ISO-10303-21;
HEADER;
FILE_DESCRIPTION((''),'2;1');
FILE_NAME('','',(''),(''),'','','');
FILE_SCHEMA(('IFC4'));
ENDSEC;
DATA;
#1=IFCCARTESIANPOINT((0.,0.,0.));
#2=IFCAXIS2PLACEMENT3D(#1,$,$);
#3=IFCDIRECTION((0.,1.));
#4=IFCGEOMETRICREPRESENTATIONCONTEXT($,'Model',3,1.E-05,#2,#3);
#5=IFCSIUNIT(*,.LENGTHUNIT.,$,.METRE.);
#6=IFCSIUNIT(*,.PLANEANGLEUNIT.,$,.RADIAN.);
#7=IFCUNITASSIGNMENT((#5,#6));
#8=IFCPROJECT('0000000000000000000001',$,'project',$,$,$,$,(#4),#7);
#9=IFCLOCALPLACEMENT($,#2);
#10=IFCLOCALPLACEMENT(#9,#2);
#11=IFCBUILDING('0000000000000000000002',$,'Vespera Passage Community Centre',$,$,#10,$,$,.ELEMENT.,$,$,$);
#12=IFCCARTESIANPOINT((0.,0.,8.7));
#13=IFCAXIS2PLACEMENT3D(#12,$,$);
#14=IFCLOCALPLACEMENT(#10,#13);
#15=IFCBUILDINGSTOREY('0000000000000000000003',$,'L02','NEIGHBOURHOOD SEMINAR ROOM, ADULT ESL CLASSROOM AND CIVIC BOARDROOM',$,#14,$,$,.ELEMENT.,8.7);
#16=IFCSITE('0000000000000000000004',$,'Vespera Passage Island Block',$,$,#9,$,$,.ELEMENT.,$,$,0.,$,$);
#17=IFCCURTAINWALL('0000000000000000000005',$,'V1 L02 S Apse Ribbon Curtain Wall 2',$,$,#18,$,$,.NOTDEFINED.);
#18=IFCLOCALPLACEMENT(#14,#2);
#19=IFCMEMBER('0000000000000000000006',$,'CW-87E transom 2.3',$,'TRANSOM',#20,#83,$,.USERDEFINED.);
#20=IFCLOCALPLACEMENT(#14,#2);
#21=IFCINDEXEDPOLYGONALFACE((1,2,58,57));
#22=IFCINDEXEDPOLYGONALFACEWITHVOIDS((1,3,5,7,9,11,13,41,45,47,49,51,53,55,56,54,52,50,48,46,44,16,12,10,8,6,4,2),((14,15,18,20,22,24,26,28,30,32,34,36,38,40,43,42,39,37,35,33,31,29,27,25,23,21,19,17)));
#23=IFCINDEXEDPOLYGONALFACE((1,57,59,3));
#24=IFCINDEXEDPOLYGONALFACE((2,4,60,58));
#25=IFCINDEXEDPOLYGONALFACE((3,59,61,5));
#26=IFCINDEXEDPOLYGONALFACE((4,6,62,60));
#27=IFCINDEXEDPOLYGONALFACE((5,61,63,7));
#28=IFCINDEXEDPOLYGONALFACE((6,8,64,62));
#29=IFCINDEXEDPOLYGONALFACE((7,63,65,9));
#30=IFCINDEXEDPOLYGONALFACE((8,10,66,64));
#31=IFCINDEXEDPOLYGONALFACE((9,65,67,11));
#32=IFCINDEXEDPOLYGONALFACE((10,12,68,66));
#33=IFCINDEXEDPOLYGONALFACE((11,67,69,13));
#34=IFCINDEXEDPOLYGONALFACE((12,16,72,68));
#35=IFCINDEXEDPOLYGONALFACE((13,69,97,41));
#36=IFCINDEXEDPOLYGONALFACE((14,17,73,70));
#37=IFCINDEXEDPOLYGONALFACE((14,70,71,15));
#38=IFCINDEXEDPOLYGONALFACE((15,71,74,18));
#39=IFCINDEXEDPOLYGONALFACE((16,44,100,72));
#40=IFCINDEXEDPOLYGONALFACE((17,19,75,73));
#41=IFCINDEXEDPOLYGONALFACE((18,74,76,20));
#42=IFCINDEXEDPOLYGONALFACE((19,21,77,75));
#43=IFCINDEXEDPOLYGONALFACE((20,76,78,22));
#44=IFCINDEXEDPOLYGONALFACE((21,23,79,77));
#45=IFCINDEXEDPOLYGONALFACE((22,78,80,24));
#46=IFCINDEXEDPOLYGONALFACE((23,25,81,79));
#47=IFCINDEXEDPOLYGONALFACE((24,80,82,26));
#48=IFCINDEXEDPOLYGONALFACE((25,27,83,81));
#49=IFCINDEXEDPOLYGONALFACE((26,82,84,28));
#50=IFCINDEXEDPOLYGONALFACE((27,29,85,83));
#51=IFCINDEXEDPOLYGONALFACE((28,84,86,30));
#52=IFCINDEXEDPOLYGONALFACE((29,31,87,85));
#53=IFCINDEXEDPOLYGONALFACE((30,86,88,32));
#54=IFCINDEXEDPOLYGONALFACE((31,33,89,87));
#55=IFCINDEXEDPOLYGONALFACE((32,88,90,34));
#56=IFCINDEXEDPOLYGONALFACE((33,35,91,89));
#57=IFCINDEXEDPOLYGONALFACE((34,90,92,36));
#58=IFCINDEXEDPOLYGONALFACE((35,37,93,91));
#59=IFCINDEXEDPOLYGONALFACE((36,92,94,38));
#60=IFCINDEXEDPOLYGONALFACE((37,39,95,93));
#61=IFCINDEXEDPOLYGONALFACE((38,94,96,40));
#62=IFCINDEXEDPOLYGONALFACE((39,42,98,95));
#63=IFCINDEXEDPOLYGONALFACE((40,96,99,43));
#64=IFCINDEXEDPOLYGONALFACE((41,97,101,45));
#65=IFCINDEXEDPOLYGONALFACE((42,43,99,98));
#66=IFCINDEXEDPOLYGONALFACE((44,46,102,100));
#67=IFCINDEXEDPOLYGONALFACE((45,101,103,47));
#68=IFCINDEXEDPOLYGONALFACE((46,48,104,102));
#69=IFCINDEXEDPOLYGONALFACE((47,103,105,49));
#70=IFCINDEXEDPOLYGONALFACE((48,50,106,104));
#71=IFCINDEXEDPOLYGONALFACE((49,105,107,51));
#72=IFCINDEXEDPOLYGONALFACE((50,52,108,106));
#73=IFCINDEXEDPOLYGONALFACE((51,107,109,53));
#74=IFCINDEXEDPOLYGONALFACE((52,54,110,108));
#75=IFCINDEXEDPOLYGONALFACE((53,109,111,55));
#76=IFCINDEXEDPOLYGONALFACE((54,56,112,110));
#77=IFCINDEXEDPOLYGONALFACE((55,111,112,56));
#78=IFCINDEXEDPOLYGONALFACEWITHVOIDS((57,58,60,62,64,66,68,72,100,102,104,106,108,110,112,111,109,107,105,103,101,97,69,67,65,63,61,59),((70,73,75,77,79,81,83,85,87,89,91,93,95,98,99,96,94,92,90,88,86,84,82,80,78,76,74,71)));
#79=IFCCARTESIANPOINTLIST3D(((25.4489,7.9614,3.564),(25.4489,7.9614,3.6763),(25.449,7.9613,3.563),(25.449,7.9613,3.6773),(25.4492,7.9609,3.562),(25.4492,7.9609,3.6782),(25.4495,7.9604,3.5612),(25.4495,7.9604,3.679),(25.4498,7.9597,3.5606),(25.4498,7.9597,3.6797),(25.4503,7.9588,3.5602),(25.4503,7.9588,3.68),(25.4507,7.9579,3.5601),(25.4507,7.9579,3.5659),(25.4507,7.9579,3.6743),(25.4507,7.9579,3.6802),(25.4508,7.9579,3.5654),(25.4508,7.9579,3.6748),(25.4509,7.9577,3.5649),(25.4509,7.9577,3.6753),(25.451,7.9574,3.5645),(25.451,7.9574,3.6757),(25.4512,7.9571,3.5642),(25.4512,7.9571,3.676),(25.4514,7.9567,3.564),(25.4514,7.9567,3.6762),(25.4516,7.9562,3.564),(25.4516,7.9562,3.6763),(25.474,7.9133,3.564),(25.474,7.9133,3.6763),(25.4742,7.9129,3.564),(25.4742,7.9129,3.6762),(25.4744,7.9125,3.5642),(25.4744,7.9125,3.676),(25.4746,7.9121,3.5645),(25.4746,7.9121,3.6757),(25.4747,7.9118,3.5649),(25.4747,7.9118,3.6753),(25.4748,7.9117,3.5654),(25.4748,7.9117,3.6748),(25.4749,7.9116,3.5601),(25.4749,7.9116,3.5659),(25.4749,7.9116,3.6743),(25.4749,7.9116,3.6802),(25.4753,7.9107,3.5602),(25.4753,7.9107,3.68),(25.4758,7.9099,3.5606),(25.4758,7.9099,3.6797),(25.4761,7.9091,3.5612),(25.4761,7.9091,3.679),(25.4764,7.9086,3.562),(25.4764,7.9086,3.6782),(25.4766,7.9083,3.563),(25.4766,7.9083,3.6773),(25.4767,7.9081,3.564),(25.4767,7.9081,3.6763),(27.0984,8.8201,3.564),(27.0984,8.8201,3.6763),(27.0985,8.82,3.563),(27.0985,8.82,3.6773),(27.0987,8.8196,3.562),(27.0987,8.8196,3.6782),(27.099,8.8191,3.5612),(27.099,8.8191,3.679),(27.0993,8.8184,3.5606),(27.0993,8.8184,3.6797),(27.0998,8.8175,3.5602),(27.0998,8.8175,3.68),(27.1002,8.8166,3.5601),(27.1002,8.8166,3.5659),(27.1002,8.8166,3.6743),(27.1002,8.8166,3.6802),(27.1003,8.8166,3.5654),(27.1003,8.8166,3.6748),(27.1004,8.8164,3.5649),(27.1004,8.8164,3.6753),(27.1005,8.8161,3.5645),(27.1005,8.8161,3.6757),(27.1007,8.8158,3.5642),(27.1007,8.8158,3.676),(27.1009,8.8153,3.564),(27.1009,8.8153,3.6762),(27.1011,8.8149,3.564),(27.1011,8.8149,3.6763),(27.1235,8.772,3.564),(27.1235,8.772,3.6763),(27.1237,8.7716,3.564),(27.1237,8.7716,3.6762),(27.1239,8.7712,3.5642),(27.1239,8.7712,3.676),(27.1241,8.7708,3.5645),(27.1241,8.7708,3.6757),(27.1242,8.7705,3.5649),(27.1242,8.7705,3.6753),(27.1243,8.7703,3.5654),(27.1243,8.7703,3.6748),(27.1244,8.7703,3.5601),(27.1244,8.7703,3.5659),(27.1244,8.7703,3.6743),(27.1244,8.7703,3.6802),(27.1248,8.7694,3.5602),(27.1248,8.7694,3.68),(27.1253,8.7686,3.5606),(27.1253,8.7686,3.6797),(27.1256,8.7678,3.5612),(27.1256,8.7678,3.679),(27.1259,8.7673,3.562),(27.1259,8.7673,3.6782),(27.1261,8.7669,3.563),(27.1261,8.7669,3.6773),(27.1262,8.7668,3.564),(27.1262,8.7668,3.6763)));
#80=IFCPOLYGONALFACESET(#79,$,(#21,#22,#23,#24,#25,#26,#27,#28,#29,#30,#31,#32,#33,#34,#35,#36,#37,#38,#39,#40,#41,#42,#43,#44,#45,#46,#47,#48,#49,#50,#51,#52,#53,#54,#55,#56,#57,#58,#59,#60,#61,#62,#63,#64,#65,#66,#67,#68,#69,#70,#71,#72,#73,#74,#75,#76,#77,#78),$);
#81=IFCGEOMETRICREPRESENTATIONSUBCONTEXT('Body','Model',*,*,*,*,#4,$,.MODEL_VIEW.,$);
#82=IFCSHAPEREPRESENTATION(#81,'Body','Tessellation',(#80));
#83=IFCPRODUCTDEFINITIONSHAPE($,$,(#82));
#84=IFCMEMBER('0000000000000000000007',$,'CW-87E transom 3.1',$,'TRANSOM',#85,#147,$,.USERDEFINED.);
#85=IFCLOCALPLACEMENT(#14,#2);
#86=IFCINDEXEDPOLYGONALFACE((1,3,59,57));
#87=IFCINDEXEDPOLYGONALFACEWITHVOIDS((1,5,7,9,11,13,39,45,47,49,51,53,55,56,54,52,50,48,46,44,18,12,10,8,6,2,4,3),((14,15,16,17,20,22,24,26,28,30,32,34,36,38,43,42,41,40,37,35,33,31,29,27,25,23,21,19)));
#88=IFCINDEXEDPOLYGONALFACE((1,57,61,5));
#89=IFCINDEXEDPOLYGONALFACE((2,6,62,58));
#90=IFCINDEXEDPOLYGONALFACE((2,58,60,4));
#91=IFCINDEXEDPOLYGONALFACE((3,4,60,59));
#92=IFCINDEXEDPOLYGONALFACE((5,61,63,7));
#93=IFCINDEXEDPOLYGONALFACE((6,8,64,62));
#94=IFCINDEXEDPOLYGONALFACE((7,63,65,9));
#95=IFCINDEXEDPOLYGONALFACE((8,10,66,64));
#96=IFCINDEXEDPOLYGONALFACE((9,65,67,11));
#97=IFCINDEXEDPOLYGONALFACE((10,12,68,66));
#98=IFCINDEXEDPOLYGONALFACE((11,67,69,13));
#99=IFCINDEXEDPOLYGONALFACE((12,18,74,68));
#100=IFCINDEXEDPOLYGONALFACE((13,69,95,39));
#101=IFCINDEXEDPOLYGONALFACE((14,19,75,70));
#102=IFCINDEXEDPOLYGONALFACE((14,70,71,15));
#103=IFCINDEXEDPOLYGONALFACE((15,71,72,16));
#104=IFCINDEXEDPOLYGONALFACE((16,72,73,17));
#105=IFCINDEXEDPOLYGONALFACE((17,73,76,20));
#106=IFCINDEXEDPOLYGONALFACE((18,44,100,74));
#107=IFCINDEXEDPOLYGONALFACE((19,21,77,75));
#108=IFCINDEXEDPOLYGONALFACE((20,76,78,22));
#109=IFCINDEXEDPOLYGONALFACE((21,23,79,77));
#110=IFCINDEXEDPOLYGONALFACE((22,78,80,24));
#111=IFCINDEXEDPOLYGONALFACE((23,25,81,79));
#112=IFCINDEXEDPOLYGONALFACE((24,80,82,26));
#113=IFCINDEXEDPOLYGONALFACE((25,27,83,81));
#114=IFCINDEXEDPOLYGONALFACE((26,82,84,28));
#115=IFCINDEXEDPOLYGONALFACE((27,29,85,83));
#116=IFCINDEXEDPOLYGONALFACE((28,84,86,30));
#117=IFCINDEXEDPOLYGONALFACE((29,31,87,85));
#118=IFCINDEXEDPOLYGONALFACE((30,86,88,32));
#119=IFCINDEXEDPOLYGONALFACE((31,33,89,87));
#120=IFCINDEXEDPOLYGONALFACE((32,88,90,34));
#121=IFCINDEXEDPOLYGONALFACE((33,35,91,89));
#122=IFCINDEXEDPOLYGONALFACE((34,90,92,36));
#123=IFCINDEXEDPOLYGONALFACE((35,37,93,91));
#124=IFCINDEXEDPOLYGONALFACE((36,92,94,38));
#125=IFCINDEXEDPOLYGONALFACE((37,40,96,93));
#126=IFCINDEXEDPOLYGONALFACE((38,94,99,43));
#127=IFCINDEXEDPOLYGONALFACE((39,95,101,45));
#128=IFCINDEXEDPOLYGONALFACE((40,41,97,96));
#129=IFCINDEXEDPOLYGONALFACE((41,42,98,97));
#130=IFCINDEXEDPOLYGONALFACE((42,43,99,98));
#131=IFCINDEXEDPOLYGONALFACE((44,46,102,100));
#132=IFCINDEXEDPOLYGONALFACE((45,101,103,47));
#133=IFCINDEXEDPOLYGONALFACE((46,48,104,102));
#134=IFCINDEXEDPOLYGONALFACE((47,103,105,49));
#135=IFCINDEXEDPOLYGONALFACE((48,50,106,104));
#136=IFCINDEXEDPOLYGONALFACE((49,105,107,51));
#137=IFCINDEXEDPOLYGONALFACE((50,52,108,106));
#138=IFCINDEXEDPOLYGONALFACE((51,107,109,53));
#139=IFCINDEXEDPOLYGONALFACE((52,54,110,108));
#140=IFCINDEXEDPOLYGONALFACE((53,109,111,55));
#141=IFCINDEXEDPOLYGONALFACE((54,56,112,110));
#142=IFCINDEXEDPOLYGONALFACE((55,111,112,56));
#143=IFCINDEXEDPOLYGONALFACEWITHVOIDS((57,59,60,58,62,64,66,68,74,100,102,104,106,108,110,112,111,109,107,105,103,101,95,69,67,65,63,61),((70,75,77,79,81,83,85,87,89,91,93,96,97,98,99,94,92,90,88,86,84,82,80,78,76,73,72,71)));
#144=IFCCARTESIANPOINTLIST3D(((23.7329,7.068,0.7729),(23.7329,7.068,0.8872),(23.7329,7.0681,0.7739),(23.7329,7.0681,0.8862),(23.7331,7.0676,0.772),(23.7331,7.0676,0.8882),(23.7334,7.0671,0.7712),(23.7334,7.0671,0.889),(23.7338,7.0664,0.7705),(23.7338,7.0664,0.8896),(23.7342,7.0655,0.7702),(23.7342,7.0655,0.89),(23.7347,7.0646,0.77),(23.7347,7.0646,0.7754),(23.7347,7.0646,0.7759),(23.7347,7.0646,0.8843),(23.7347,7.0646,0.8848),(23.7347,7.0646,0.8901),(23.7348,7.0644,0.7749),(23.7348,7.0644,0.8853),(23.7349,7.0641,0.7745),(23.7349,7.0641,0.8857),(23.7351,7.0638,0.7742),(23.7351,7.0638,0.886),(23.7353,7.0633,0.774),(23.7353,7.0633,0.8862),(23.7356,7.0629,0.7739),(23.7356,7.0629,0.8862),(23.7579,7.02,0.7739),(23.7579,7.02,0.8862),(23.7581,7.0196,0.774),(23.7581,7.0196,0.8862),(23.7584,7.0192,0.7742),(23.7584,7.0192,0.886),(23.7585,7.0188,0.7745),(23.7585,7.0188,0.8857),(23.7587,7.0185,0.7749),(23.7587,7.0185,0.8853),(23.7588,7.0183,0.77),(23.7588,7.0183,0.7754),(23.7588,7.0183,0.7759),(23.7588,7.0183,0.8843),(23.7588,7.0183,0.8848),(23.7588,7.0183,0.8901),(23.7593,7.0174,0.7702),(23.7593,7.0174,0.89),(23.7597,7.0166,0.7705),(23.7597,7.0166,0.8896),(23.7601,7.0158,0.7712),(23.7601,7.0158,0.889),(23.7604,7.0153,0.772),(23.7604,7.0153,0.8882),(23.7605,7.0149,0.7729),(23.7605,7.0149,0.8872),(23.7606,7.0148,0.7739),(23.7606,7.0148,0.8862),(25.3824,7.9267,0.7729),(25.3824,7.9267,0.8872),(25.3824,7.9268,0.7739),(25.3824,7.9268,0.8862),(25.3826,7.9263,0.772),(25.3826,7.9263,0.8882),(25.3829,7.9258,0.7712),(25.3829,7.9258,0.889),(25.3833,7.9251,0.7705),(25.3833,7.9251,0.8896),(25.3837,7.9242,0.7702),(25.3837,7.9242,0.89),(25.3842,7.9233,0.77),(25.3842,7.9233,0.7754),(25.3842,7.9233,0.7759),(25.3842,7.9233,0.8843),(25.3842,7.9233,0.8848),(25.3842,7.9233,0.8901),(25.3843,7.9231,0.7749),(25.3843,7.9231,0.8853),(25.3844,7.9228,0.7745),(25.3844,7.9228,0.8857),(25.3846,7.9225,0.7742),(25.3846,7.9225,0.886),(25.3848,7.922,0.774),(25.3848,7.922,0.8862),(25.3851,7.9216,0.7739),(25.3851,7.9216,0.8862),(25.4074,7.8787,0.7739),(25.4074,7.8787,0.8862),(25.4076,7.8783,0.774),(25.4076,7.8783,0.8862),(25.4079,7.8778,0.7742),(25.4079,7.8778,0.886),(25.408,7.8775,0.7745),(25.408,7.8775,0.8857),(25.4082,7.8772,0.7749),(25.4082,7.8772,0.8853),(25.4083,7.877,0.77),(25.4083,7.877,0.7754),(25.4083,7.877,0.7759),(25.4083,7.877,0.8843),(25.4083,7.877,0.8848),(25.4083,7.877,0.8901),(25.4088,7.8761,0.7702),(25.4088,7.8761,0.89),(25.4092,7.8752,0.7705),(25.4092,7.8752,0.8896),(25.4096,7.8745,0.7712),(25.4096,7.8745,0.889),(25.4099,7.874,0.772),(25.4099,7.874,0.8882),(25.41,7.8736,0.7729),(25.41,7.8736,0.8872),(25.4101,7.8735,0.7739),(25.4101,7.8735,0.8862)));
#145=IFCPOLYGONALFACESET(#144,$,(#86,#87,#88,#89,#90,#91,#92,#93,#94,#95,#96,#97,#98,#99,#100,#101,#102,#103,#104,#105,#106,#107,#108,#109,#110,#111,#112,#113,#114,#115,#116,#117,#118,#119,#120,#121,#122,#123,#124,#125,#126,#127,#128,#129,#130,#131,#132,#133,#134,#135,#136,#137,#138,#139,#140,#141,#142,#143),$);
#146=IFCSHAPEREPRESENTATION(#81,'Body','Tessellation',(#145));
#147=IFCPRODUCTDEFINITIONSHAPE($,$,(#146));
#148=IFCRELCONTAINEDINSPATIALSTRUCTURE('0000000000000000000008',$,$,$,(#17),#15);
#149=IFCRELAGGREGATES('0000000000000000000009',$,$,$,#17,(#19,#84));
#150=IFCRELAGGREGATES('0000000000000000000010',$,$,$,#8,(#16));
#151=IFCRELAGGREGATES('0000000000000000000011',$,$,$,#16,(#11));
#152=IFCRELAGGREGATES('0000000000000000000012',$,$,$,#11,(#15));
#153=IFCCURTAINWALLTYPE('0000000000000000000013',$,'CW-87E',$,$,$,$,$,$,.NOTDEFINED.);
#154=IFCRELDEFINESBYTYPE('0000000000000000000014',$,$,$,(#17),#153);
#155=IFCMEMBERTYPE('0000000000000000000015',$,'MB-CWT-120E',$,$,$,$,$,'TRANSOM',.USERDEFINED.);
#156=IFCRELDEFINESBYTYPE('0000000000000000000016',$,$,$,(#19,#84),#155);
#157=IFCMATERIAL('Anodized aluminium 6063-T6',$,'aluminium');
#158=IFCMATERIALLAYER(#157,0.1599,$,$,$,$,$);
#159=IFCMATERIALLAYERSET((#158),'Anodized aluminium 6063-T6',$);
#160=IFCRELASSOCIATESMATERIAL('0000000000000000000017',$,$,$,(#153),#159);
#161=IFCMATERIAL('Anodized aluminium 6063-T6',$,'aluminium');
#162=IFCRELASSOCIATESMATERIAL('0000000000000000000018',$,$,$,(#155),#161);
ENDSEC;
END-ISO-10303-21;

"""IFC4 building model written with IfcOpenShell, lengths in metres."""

from ifc_helpers import new_model, si_unit, direction, frame, origin, origin_2d, place, context, subcontext, project, spatial, hollow_rectangle, extrude, material, layer, layer_set, material_profile, profile_set, type_object, element, aggregate, save


model = new_model("IFC4")

# Units and contexts
model_context = context("Model", 3, precision=1e-05, world=origin(), true_north=direction((0.0, 1.0)))
body_context = subcontext(model_context, "Body", "Model", "MODEL_VIEW")
ifc_project = project(units=[si_unit("LENGTHUNIT", "METRE"), si_unit("PLANEANGLEUNIT", "RADIAN")], contexts=[model_context])

# Site, building, storey
site_placement = place(None, origin())
site = spatial("IfcSite", under=ifc_project, at=site_placement, Name="Vespera Passage Island Block", CompositionType="ELEMENT", RefElevation=0.0)
building_placement = place(site_placement, origin())
building = spatial("IfcBuilding", under=site, at=building_placement, Name="Vespera Passage Community Centre", CompositionType="ELEMENT")
storey_placement = place(building_placement, frame((0.0, 0.0, 8.7)))
storey = spatial("IfcBuildingStorey", under=building, at=storey_placement, Name="L02", Description="NEIGHBOURHOOD SEMINAR ROOM, ADULT ESL CLASSROOM AND CIVIC BOARDROOM", CompositionType="ELEMENT", Elevation=8.7)

# Curtain wall
ifc_material_1 = material(Name="Anodized aluminium 6063-T6", Category="aluminium")
ifc_layer_1 = layer(ifc_material_1, 0.1599)
ifc_layer_set_1 = layer_set([ifc_layer_1], Name="Anodized aluminium 6063-T6")
curtain_wall_type_1 = type_object("IfcCurtainWallType", Name="CW-87E", PredefinedType="NOTDEFINED", material=ifc_layer_set_1)
curtain_wall_1_placement = place(storey_placement, origin())
curtain_wall_1 = element("IfcCurtainWall", 1, at=curtain_wall_1_placement, inside=storey, type_object=curtain_wall_type_1, Name="V1 L02 S Apse Ribbon Curtain Wall 2", PredefinedType="NOTDEFINED")
ifc_material_2 = material(Name="Anodized aluminium 6063-T6", Category="aluminium")
ifc_material_profile_1 = material_profile(ifc_material_2, hollow_rectangle(XDim=0.0601, YDim=0.1201, WallThickness=0.0039, InnerFilletRadius=0.002, OuterFilletRadius=0.0039, at=origin_2d()), Name="ALU120X60X4")
ifc_profile_set_1 = profile_set([ifc_material_profile_1], Name="Anodized aluminium 6063-T6")
member_type_1 = type_object("IfcMemberType", Name="MB-CWT-120E", ElementType="TRANSOM", PredefinedType="USERDEFINED", material=ifc_profile_set_1)

# Members
member_1_placement = place(storey_placement, frame((27.1123, 8.7935, 3.6201), z_axis=(-0.887008, -0.461754, 0.0), x_axis=(0.461754, -0.887008, 0.0)))
member_1 = element("IfcMember", 2, at=member_1_placement, type_object=member_type_1, Name="CW-87E transom 2.3", ObjectType="TRANSOM", PredefinedType="USERDEFINED", context=body_context, shape_type="SweptSolid", body=[
    extrude(hollow_rectangle(XDim=0.0601, YDim=0.1201, WallThickness=0.0039, InnerFilletRadius=0.002, OuterFilletRadius=0.0039, at=origin_2d()), origin(), (0.0, 0.0, 1.0), 1.8596),
])
member_2_placement = place(storey_placement, frame((25.3962, 7.9001, 0.8301), z_axis=(-0.887008, -0.461754, 0.0), x_axis=(0.461754, -0.887008, 0.0)))
member_2 = element("IfcMember", 3, at=member_2_placement, type_object=member_type_1, Name="CW-87E transom 3.1", ObjectType="TRANSOM", PredefinedType="USERDEFINED", context=body_context, shape_type="SweptSolid", body=[
    extrude(hollow_rectangle(XDim=0.0601, YDim=0.1201, WallThickness=0.0039, InnerFilletRadius=0.002, OuterFilletRadius=0.0039, at=origin_2d()), origin(), (0.0, 0.0, 1.0), 1.8596),
])

aggregate(curtain_wall_1, [member_1, member_2])

save(model, "model.ifc")
